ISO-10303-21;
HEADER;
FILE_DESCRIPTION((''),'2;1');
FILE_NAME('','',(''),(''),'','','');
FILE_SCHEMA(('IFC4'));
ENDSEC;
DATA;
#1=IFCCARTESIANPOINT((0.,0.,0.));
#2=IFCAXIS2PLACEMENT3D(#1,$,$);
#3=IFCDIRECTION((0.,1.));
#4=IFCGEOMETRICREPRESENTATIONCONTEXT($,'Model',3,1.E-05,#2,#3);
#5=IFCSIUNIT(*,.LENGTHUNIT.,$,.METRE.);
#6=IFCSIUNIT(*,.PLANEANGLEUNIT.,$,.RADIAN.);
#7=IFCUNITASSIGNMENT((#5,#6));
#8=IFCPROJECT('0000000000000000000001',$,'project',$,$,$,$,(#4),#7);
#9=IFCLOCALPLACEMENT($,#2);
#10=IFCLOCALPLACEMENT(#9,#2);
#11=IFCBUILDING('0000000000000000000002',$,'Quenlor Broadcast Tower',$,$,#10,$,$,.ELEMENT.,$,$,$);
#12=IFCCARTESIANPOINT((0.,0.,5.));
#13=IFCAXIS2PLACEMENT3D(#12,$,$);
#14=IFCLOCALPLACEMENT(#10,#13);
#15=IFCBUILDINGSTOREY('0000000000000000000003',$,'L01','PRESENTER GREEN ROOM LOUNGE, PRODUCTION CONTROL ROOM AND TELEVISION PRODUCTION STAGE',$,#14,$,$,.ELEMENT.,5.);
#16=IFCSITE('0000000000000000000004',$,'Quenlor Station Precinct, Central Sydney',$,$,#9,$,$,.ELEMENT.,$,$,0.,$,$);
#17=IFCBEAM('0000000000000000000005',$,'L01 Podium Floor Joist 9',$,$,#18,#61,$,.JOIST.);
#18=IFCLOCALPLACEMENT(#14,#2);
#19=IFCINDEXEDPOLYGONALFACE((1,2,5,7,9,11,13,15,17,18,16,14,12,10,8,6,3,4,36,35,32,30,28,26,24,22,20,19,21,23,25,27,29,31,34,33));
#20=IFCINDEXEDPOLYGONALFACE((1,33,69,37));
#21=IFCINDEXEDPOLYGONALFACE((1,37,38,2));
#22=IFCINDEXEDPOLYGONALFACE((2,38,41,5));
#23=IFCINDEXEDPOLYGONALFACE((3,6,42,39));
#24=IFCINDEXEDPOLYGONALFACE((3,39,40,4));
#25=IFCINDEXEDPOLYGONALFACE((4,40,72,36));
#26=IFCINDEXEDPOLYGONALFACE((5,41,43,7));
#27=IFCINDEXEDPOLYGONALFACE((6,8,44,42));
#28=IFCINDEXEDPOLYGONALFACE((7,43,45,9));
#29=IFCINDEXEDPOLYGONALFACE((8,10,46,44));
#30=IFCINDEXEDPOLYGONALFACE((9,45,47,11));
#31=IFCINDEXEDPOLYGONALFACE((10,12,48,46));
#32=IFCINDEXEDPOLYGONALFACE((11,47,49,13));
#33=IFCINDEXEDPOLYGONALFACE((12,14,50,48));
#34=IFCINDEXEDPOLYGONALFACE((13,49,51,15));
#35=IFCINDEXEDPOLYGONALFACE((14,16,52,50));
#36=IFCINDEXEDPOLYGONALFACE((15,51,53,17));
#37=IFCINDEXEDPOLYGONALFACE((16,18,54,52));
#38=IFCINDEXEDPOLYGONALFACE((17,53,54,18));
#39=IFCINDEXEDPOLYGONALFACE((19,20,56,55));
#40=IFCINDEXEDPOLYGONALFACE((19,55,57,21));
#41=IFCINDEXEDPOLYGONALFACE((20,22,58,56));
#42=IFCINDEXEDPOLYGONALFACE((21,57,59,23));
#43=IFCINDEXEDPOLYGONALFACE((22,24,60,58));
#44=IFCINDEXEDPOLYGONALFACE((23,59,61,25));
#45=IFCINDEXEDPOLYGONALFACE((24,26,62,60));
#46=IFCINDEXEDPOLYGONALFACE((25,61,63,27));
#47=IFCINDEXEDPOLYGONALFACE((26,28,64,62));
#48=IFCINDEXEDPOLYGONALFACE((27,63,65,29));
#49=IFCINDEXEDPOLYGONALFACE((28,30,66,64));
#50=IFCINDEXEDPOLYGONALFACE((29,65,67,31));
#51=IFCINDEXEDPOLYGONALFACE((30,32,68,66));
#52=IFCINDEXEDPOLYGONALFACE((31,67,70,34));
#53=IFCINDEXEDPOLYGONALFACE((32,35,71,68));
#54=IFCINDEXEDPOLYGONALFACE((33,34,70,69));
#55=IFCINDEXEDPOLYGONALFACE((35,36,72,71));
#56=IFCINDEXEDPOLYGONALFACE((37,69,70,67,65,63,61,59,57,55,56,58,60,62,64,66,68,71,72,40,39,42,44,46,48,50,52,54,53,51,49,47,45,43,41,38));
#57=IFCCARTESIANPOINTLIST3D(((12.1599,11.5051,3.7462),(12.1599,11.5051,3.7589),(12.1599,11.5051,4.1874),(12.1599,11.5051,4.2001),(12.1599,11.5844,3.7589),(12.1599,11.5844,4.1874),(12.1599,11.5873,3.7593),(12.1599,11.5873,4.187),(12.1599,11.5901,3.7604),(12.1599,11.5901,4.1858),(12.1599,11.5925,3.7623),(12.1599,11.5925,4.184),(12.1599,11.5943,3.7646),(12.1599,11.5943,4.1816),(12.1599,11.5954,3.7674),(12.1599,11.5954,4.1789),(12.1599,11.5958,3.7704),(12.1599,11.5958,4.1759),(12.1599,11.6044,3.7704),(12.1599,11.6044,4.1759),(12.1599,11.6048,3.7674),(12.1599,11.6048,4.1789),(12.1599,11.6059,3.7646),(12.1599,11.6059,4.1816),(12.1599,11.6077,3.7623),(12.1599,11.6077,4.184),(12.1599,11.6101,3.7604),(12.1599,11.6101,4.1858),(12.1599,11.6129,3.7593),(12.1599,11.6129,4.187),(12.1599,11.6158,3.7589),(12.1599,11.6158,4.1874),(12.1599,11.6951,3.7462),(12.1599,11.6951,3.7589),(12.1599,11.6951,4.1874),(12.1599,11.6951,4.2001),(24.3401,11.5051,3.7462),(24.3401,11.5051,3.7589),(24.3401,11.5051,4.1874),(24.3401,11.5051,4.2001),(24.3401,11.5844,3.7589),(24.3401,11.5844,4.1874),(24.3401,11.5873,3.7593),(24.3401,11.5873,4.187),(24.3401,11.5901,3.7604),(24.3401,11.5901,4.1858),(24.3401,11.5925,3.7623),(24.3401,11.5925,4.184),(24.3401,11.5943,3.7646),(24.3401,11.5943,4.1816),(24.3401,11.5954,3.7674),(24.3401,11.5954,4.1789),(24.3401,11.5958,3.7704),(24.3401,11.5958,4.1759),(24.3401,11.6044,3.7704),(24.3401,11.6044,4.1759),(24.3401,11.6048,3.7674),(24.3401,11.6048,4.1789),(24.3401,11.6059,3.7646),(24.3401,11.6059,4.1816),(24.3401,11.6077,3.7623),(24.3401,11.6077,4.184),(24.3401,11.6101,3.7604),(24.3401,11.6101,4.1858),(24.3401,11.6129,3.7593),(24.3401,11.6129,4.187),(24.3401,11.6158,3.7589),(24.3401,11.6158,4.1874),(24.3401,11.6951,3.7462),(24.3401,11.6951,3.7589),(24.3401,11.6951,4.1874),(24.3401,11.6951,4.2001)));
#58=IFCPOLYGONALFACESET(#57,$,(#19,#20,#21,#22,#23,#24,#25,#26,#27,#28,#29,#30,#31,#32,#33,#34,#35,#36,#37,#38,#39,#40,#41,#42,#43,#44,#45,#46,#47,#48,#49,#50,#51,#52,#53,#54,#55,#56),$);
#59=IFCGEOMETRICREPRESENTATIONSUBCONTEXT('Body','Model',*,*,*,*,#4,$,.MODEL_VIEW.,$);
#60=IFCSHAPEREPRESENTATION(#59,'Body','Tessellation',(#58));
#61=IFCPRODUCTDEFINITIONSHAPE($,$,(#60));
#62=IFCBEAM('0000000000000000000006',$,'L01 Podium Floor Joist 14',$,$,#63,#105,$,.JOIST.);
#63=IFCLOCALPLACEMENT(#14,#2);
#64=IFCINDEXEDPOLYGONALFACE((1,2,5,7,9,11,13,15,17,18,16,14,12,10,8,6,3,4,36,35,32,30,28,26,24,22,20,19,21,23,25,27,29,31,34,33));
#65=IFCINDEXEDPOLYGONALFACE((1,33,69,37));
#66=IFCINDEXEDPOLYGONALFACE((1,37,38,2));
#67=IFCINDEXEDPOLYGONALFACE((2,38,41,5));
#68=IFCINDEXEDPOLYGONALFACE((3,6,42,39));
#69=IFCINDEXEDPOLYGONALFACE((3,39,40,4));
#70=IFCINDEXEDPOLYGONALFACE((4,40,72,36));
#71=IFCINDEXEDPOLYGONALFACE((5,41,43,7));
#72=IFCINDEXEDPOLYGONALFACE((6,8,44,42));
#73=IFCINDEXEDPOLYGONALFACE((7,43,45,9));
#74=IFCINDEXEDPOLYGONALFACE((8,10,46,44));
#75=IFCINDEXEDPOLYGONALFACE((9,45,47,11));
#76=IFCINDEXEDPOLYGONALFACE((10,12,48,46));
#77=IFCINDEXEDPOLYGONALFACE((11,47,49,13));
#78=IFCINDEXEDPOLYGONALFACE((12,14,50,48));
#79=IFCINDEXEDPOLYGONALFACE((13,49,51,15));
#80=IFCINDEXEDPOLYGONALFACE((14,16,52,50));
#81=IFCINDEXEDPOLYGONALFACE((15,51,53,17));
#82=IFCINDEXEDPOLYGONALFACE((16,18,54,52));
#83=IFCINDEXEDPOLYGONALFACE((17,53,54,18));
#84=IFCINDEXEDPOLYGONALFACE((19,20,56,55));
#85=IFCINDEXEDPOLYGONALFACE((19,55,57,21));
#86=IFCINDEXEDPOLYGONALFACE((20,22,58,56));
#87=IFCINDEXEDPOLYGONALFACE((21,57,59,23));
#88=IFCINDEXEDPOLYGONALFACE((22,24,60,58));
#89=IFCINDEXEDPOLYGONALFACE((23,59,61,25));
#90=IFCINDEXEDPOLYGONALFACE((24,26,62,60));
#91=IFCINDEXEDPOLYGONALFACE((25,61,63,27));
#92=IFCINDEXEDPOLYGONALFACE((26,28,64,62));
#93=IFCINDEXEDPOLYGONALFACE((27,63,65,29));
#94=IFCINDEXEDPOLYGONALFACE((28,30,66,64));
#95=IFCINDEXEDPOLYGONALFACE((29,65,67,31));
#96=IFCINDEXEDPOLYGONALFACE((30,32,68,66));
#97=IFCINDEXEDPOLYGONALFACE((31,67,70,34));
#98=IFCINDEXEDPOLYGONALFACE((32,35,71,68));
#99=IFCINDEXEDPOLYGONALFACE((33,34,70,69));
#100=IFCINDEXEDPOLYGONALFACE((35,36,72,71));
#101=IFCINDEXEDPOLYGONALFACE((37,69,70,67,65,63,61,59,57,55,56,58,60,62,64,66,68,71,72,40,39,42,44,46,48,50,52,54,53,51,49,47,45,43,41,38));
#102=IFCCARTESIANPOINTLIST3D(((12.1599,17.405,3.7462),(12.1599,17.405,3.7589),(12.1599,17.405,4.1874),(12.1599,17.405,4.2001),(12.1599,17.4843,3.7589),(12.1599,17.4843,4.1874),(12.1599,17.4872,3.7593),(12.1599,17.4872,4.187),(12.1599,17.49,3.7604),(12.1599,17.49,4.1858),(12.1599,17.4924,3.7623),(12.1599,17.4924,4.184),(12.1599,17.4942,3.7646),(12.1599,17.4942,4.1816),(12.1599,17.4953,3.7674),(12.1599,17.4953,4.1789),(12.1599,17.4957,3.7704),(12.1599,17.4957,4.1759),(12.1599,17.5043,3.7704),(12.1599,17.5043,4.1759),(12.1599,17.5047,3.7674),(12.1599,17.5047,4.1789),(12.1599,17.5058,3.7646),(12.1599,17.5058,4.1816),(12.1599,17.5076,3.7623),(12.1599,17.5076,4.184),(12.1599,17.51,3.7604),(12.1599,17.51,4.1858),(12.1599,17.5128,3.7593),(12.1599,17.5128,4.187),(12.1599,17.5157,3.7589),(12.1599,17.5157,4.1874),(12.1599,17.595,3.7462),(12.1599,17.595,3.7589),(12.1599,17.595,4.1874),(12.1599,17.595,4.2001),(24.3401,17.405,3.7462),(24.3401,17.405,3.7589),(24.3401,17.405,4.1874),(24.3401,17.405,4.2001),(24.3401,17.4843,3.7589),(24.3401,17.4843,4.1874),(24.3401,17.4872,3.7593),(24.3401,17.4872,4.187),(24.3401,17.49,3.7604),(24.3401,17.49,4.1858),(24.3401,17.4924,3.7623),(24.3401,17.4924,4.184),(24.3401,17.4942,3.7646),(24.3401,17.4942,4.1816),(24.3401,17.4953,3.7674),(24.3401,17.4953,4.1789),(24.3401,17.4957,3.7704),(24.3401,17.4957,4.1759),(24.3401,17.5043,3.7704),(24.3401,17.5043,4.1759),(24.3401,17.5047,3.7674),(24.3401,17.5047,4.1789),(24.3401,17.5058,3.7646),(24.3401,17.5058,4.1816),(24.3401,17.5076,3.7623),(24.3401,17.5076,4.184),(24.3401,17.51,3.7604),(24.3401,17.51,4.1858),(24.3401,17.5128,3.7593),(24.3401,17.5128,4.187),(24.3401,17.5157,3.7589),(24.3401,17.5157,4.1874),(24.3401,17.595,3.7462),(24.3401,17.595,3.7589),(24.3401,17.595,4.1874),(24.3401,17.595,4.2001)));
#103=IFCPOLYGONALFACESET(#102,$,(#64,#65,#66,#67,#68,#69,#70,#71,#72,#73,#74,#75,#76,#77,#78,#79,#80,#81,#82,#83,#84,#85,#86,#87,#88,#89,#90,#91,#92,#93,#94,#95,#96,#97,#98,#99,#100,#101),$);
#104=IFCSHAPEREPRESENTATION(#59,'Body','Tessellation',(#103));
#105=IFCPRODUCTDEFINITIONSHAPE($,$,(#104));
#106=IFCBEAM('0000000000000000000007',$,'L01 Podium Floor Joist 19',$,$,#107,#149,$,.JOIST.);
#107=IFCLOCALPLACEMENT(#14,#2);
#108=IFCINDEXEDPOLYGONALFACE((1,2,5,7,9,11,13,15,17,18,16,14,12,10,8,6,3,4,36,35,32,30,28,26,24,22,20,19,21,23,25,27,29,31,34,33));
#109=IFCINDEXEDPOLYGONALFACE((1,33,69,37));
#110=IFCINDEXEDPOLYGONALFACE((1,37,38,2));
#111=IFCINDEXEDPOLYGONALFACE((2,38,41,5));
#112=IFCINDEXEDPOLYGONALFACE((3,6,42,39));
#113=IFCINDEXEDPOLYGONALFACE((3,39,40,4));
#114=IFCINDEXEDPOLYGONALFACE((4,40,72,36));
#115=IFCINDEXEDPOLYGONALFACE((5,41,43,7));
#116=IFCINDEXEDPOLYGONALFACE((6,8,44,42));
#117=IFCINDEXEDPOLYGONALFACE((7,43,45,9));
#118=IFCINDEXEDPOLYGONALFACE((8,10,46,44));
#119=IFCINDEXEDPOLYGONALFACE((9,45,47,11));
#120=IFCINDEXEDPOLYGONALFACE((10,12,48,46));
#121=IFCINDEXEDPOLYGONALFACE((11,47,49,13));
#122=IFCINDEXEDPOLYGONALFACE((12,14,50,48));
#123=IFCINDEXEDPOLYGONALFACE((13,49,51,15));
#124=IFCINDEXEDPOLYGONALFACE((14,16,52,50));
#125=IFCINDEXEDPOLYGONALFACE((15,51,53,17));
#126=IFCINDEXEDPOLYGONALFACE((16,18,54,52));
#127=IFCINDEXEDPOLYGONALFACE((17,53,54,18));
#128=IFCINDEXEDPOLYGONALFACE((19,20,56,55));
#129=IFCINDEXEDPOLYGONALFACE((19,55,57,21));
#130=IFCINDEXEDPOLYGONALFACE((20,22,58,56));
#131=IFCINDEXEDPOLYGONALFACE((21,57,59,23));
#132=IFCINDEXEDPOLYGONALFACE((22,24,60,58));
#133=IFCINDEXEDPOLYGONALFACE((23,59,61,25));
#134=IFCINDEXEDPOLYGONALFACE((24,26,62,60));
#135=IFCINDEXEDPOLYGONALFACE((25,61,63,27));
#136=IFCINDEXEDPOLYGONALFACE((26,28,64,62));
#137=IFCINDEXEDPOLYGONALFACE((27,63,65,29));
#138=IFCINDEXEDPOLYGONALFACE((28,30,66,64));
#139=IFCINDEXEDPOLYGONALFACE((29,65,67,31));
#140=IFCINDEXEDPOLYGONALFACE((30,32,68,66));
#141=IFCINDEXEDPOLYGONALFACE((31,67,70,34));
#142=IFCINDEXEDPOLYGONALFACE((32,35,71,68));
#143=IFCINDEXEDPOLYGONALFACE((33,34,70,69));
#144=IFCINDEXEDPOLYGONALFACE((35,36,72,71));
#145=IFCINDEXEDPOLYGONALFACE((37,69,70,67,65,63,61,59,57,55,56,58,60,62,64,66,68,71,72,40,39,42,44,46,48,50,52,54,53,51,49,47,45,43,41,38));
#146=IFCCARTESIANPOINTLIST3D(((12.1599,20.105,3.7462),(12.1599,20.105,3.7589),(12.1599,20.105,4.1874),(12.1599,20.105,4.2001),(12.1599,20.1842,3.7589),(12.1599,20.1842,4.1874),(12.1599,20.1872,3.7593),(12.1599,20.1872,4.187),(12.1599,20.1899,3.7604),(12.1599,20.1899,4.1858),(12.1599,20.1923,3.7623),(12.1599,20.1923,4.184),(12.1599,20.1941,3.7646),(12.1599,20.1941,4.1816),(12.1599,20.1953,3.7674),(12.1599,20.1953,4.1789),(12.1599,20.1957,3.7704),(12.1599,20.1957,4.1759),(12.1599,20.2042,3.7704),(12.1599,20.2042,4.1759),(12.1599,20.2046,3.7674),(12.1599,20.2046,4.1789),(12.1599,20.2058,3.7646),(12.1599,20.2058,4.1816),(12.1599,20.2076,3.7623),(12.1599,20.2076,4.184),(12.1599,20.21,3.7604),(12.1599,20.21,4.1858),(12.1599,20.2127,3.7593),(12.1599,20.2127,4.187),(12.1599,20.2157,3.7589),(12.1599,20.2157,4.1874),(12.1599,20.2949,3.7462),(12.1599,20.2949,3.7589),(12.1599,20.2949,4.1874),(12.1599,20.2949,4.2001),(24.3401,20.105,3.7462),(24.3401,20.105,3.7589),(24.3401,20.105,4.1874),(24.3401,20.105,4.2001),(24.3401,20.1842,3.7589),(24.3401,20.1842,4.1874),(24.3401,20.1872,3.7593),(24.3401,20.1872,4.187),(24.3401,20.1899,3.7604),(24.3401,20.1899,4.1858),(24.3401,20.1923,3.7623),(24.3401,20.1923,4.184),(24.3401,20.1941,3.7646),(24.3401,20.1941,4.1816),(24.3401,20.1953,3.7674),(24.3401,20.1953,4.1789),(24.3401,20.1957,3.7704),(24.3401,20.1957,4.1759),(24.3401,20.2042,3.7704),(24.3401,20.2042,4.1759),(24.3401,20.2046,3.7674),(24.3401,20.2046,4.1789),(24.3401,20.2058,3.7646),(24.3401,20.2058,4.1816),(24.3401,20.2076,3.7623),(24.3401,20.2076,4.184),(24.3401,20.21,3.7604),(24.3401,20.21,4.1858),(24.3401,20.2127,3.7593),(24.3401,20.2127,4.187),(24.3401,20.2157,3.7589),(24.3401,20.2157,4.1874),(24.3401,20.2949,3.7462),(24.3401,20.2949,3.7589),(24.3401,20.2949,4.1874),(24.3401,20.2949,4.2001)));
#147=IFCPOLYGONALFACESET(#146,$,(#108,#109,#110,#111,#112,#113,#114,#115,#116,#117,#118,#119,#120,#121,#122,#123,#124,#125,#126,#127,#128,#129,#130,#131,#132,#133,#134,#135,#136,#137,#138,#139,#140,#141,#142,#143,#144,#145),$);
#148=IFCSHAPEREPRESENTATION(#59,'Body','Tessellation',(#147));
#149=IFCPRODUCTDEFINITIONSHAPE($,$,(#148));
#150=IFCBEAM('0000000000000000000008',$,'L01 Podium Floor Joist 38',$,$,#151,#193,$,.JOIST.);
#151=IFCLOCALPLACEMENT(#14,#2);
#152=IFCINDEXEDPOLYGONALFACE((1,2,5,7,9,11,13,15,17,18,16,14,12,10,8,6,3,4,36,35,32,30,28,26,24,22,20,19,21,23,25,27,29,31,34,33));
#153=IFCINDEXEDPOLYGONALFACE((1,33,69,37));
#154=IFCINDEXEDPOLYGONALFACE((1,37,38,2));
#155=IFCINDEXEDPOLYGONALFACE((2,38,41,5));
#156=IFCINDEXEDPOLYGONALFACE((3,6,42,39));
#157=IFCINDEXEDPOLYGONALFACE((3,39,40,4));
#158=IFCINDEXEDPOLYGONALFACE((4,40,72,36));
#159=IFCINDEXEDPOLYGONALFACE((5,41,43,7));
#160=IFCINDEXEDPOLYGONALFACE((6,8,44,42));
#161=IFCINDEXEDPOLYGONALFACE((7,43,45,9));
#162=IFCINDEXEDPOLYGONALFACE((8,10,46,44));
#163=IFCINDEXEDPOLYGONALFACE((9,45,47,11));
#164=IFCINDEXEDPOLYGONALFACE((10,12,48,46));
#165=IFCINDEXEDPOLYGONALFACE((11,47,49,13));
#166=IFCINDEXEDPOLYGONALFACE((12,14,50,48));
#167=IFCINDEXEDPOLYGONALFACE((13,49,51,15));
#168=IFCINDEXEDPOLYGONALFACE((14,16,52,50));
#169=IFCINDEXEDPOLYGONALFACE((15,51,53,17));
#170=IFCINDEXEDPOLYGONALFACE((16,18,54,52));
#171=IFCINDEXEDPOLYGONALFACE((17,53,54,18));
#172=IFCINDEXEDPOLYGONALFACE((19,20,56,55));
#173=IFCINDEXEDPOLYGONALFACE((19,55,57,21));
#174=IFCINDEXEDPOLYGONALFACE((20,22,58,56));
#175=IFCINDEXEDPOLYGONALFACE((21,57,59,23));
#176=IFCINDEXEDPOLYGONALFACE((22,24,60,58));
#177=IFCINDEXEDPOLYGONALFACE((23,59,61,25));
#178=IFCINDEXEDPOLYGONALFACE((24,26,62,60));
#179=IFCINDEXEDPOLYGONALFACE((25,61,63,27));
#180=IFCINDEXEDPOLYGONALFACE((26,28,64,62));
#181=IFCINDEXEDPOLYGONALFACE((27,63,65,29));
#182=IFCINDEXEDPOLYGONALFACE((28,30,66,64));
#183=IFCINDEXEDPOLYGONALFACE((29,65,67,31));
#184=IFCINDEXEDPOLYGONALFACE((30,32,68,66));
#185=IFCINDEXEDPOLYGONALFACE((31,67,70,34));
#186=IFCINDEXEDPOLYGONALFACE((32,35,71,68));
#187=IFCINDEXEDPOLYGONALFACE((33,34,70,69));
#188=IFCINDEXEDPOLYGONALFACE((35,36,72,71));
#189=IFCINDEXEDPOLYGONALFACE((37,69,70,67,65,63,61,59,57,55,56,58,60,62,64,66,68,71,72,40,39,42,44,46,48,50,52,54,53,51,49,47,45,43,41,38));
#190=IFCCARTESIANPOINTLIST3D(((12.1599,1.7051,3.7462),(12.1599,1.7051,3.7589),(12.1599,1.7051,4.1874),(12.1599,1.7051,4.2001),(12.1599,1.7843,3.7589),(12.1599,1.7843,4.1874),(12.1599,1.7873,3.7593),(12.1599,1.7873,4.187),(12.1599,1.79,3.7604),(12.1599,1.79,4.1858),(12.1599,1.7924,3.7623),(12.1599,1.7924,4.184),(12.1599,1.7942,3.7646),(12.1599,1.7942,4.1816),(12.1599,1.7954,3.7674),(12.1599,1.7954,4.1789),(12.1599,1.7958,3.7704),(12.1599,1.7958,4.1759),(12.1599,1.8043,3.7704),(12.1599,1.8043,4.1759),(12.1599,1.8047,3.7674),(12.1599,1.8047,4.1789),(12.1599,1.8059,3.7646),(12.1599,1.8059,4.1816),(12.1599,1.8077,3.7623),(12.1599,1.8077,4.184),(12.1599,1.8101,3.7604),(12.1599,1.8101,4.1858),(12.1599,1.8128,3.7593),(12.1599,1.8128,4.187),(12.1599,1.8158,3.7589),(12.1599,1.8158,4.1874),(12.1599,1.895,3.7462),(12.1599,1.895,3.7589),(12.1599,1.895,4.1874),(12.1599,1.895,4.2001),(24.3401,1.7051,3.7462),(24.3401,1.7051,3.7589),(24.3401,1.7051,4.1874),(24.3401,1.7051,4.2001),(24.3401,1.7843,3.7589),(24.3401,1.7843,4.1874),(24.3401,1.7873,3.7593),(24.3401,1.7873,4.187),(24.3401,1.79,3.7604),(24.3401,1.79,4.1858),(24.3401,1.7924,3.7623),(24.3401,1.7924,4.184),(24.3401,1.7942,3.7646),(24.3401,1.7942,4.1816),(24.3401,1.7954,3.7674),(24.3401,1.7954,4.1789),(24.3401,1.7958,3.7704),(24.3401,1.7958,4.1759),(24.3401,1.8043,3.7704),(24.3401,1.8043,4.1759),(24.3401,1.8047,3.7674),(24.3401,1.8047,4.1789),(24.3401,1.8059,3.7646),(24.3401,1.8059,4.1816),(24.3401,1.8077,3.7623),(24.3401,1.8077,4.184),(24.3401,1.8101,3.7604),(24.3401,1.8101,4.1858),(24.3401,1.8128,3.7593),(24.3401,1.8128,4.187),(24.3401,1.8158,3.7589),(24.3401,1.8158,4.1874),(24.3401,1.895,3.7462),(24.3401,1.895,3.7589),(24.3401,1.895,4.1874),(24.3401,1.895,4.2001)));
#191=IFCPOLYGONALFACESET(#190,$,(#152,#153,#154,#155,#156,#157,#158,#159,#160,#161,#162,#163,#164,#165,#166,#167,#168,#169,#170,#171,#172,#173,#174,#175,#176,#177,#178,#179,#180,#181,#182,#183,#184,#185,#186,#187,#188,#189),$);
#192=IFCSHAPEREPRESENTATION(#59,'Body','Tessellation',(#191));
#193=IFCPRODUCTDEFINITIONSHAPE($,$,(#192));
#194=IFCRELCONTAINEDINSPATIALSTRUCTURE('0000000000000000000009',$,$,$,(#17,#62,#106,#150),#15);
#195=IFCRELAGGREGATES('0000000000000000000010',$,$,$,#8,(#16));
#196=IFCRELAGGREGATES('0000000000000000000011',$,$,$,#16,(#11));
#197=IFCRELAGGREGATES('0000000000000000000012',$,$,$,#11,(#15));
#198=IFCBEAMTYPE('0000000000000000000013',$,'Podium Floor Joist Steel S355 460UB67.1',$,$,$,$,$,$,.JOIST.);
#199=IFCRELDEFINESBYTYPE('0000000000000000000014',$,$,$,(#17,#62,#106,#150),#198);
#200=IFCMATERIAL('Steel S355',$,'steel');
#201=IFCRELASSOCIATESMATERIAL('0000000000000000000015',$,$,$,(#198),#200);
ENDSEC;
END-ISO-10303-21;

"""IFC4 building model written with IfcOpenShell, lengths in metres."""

from ifc_helpers import new_model, si_unit, direction, frame, origin, origin_2d, place, context, subcontext, project, spatial, i_section, extrude, material, material_profile, profile_set, type_object, element, save


model = new_model("IFC4")

# Units and contexts
model_context = context("Model", 3, precision=1e-05, world=origin(), true_north=direction((0.0, 1.0)))
body_context = subcontext(model_context, "Body", "Model", "MODEL_VIEW")
ifc_project = project(units=[si_unit("LENGTHUNIT", "METRE"), si_unit("PLANEANGLEUNIT", "RADIAN")], contexts=[model_context])

# Site, building, storey
site_placement = place(None, origin())
site = spatial("IfcSite", under=ifc_project, at=site_placement, Name="Quenlor Station Precinct, Central Sydney", CompositionType="ELEMENT", RefElevation=0.0)
building_placement = place(site_placement, origin())
building = spatial("IfcBuilding", under=site, at=building_placement, Name="Quenlor Broadcast Tower", CompositionType="ELEMENT")
storey_placement = place(building_placement, frame((0.0, 0.0, 5.0)))
storey = spatial("IfcBuildingStorey", under=building, at=storey_placement, Name="L01", Description="PRESENTER GREEN ROOM LOUNGE, PRODUCTION CONTROL ROOM AND TELEVISION PRODUCTION STAGE", CompositionType="ELEMENT", Elevation=5.0)

# Beams
ifc_material_1 = material(Name="Steel S355", Category="steel")
ifc_material_profile_1 = material_profile(ifc_material_1, i_section(OverallWidth=0.1899, OverallDepth=0.4539, WebThickness=0.0085, FlangeThickness=0.0127, FilletRadius=0.0115, at=origin_2d()))
ifc_profile_set_1 = profile_set([ifc_material_profile_1], Name="Steel S355 460UB67.1")
beam_type_1 = type_object("IfcBeamType", Name="Podium Floor Joist Steel S355 460UB67.1", PredefinedType="JOIST", material=ifc_profile_set_1)
for number, where, z_axis, x_axis, name in (
    (1, (12.1599, 11.6001, 3.9731), (1.0, 0.0, 0.0), (0.0, 1.0, 0.0), "L01 Podium Floor Joist 9"),
    (2, (12.1599, 17.5, 3.9731), (1.0, 0.0, 0.0), (0.0, 1.0, 0.0), "L01 Podium Floor Joist 14"),
    (3, (12.1599, 20.2, 3.9731), (1.0, 0.0, 0.0), (0.0, 1.0, 0.0), "L01 Podium Floor Joist 19"),
    (4, (12.1599, 1.8, 3.9731), (1.0, 0.0, 0.0), (0.0, 1.0, 0.0), "L01 Podium Floor Joist 38"),
):
    element("IfcBeam", number, at=place(storey_placement, frame(where, z_axis=z_axis, x_axis=x_axis)), inside=storey, type_object=beam_type_1, Name=name, PredefinedType="JOIST", context=body_context, shape_type="SweptSolid", body=[
        extrude(i_section(OverallWidth=0.1899, OverallDepth=0.4539, WebThickness=0.0085, FlangeThickness=0.0127, FilletRadius=0.0115, at=origin_2d()), origin(), (0.0, 0.0, 1.0), 12.1802),
    ])

save(model, "model.ifc")
